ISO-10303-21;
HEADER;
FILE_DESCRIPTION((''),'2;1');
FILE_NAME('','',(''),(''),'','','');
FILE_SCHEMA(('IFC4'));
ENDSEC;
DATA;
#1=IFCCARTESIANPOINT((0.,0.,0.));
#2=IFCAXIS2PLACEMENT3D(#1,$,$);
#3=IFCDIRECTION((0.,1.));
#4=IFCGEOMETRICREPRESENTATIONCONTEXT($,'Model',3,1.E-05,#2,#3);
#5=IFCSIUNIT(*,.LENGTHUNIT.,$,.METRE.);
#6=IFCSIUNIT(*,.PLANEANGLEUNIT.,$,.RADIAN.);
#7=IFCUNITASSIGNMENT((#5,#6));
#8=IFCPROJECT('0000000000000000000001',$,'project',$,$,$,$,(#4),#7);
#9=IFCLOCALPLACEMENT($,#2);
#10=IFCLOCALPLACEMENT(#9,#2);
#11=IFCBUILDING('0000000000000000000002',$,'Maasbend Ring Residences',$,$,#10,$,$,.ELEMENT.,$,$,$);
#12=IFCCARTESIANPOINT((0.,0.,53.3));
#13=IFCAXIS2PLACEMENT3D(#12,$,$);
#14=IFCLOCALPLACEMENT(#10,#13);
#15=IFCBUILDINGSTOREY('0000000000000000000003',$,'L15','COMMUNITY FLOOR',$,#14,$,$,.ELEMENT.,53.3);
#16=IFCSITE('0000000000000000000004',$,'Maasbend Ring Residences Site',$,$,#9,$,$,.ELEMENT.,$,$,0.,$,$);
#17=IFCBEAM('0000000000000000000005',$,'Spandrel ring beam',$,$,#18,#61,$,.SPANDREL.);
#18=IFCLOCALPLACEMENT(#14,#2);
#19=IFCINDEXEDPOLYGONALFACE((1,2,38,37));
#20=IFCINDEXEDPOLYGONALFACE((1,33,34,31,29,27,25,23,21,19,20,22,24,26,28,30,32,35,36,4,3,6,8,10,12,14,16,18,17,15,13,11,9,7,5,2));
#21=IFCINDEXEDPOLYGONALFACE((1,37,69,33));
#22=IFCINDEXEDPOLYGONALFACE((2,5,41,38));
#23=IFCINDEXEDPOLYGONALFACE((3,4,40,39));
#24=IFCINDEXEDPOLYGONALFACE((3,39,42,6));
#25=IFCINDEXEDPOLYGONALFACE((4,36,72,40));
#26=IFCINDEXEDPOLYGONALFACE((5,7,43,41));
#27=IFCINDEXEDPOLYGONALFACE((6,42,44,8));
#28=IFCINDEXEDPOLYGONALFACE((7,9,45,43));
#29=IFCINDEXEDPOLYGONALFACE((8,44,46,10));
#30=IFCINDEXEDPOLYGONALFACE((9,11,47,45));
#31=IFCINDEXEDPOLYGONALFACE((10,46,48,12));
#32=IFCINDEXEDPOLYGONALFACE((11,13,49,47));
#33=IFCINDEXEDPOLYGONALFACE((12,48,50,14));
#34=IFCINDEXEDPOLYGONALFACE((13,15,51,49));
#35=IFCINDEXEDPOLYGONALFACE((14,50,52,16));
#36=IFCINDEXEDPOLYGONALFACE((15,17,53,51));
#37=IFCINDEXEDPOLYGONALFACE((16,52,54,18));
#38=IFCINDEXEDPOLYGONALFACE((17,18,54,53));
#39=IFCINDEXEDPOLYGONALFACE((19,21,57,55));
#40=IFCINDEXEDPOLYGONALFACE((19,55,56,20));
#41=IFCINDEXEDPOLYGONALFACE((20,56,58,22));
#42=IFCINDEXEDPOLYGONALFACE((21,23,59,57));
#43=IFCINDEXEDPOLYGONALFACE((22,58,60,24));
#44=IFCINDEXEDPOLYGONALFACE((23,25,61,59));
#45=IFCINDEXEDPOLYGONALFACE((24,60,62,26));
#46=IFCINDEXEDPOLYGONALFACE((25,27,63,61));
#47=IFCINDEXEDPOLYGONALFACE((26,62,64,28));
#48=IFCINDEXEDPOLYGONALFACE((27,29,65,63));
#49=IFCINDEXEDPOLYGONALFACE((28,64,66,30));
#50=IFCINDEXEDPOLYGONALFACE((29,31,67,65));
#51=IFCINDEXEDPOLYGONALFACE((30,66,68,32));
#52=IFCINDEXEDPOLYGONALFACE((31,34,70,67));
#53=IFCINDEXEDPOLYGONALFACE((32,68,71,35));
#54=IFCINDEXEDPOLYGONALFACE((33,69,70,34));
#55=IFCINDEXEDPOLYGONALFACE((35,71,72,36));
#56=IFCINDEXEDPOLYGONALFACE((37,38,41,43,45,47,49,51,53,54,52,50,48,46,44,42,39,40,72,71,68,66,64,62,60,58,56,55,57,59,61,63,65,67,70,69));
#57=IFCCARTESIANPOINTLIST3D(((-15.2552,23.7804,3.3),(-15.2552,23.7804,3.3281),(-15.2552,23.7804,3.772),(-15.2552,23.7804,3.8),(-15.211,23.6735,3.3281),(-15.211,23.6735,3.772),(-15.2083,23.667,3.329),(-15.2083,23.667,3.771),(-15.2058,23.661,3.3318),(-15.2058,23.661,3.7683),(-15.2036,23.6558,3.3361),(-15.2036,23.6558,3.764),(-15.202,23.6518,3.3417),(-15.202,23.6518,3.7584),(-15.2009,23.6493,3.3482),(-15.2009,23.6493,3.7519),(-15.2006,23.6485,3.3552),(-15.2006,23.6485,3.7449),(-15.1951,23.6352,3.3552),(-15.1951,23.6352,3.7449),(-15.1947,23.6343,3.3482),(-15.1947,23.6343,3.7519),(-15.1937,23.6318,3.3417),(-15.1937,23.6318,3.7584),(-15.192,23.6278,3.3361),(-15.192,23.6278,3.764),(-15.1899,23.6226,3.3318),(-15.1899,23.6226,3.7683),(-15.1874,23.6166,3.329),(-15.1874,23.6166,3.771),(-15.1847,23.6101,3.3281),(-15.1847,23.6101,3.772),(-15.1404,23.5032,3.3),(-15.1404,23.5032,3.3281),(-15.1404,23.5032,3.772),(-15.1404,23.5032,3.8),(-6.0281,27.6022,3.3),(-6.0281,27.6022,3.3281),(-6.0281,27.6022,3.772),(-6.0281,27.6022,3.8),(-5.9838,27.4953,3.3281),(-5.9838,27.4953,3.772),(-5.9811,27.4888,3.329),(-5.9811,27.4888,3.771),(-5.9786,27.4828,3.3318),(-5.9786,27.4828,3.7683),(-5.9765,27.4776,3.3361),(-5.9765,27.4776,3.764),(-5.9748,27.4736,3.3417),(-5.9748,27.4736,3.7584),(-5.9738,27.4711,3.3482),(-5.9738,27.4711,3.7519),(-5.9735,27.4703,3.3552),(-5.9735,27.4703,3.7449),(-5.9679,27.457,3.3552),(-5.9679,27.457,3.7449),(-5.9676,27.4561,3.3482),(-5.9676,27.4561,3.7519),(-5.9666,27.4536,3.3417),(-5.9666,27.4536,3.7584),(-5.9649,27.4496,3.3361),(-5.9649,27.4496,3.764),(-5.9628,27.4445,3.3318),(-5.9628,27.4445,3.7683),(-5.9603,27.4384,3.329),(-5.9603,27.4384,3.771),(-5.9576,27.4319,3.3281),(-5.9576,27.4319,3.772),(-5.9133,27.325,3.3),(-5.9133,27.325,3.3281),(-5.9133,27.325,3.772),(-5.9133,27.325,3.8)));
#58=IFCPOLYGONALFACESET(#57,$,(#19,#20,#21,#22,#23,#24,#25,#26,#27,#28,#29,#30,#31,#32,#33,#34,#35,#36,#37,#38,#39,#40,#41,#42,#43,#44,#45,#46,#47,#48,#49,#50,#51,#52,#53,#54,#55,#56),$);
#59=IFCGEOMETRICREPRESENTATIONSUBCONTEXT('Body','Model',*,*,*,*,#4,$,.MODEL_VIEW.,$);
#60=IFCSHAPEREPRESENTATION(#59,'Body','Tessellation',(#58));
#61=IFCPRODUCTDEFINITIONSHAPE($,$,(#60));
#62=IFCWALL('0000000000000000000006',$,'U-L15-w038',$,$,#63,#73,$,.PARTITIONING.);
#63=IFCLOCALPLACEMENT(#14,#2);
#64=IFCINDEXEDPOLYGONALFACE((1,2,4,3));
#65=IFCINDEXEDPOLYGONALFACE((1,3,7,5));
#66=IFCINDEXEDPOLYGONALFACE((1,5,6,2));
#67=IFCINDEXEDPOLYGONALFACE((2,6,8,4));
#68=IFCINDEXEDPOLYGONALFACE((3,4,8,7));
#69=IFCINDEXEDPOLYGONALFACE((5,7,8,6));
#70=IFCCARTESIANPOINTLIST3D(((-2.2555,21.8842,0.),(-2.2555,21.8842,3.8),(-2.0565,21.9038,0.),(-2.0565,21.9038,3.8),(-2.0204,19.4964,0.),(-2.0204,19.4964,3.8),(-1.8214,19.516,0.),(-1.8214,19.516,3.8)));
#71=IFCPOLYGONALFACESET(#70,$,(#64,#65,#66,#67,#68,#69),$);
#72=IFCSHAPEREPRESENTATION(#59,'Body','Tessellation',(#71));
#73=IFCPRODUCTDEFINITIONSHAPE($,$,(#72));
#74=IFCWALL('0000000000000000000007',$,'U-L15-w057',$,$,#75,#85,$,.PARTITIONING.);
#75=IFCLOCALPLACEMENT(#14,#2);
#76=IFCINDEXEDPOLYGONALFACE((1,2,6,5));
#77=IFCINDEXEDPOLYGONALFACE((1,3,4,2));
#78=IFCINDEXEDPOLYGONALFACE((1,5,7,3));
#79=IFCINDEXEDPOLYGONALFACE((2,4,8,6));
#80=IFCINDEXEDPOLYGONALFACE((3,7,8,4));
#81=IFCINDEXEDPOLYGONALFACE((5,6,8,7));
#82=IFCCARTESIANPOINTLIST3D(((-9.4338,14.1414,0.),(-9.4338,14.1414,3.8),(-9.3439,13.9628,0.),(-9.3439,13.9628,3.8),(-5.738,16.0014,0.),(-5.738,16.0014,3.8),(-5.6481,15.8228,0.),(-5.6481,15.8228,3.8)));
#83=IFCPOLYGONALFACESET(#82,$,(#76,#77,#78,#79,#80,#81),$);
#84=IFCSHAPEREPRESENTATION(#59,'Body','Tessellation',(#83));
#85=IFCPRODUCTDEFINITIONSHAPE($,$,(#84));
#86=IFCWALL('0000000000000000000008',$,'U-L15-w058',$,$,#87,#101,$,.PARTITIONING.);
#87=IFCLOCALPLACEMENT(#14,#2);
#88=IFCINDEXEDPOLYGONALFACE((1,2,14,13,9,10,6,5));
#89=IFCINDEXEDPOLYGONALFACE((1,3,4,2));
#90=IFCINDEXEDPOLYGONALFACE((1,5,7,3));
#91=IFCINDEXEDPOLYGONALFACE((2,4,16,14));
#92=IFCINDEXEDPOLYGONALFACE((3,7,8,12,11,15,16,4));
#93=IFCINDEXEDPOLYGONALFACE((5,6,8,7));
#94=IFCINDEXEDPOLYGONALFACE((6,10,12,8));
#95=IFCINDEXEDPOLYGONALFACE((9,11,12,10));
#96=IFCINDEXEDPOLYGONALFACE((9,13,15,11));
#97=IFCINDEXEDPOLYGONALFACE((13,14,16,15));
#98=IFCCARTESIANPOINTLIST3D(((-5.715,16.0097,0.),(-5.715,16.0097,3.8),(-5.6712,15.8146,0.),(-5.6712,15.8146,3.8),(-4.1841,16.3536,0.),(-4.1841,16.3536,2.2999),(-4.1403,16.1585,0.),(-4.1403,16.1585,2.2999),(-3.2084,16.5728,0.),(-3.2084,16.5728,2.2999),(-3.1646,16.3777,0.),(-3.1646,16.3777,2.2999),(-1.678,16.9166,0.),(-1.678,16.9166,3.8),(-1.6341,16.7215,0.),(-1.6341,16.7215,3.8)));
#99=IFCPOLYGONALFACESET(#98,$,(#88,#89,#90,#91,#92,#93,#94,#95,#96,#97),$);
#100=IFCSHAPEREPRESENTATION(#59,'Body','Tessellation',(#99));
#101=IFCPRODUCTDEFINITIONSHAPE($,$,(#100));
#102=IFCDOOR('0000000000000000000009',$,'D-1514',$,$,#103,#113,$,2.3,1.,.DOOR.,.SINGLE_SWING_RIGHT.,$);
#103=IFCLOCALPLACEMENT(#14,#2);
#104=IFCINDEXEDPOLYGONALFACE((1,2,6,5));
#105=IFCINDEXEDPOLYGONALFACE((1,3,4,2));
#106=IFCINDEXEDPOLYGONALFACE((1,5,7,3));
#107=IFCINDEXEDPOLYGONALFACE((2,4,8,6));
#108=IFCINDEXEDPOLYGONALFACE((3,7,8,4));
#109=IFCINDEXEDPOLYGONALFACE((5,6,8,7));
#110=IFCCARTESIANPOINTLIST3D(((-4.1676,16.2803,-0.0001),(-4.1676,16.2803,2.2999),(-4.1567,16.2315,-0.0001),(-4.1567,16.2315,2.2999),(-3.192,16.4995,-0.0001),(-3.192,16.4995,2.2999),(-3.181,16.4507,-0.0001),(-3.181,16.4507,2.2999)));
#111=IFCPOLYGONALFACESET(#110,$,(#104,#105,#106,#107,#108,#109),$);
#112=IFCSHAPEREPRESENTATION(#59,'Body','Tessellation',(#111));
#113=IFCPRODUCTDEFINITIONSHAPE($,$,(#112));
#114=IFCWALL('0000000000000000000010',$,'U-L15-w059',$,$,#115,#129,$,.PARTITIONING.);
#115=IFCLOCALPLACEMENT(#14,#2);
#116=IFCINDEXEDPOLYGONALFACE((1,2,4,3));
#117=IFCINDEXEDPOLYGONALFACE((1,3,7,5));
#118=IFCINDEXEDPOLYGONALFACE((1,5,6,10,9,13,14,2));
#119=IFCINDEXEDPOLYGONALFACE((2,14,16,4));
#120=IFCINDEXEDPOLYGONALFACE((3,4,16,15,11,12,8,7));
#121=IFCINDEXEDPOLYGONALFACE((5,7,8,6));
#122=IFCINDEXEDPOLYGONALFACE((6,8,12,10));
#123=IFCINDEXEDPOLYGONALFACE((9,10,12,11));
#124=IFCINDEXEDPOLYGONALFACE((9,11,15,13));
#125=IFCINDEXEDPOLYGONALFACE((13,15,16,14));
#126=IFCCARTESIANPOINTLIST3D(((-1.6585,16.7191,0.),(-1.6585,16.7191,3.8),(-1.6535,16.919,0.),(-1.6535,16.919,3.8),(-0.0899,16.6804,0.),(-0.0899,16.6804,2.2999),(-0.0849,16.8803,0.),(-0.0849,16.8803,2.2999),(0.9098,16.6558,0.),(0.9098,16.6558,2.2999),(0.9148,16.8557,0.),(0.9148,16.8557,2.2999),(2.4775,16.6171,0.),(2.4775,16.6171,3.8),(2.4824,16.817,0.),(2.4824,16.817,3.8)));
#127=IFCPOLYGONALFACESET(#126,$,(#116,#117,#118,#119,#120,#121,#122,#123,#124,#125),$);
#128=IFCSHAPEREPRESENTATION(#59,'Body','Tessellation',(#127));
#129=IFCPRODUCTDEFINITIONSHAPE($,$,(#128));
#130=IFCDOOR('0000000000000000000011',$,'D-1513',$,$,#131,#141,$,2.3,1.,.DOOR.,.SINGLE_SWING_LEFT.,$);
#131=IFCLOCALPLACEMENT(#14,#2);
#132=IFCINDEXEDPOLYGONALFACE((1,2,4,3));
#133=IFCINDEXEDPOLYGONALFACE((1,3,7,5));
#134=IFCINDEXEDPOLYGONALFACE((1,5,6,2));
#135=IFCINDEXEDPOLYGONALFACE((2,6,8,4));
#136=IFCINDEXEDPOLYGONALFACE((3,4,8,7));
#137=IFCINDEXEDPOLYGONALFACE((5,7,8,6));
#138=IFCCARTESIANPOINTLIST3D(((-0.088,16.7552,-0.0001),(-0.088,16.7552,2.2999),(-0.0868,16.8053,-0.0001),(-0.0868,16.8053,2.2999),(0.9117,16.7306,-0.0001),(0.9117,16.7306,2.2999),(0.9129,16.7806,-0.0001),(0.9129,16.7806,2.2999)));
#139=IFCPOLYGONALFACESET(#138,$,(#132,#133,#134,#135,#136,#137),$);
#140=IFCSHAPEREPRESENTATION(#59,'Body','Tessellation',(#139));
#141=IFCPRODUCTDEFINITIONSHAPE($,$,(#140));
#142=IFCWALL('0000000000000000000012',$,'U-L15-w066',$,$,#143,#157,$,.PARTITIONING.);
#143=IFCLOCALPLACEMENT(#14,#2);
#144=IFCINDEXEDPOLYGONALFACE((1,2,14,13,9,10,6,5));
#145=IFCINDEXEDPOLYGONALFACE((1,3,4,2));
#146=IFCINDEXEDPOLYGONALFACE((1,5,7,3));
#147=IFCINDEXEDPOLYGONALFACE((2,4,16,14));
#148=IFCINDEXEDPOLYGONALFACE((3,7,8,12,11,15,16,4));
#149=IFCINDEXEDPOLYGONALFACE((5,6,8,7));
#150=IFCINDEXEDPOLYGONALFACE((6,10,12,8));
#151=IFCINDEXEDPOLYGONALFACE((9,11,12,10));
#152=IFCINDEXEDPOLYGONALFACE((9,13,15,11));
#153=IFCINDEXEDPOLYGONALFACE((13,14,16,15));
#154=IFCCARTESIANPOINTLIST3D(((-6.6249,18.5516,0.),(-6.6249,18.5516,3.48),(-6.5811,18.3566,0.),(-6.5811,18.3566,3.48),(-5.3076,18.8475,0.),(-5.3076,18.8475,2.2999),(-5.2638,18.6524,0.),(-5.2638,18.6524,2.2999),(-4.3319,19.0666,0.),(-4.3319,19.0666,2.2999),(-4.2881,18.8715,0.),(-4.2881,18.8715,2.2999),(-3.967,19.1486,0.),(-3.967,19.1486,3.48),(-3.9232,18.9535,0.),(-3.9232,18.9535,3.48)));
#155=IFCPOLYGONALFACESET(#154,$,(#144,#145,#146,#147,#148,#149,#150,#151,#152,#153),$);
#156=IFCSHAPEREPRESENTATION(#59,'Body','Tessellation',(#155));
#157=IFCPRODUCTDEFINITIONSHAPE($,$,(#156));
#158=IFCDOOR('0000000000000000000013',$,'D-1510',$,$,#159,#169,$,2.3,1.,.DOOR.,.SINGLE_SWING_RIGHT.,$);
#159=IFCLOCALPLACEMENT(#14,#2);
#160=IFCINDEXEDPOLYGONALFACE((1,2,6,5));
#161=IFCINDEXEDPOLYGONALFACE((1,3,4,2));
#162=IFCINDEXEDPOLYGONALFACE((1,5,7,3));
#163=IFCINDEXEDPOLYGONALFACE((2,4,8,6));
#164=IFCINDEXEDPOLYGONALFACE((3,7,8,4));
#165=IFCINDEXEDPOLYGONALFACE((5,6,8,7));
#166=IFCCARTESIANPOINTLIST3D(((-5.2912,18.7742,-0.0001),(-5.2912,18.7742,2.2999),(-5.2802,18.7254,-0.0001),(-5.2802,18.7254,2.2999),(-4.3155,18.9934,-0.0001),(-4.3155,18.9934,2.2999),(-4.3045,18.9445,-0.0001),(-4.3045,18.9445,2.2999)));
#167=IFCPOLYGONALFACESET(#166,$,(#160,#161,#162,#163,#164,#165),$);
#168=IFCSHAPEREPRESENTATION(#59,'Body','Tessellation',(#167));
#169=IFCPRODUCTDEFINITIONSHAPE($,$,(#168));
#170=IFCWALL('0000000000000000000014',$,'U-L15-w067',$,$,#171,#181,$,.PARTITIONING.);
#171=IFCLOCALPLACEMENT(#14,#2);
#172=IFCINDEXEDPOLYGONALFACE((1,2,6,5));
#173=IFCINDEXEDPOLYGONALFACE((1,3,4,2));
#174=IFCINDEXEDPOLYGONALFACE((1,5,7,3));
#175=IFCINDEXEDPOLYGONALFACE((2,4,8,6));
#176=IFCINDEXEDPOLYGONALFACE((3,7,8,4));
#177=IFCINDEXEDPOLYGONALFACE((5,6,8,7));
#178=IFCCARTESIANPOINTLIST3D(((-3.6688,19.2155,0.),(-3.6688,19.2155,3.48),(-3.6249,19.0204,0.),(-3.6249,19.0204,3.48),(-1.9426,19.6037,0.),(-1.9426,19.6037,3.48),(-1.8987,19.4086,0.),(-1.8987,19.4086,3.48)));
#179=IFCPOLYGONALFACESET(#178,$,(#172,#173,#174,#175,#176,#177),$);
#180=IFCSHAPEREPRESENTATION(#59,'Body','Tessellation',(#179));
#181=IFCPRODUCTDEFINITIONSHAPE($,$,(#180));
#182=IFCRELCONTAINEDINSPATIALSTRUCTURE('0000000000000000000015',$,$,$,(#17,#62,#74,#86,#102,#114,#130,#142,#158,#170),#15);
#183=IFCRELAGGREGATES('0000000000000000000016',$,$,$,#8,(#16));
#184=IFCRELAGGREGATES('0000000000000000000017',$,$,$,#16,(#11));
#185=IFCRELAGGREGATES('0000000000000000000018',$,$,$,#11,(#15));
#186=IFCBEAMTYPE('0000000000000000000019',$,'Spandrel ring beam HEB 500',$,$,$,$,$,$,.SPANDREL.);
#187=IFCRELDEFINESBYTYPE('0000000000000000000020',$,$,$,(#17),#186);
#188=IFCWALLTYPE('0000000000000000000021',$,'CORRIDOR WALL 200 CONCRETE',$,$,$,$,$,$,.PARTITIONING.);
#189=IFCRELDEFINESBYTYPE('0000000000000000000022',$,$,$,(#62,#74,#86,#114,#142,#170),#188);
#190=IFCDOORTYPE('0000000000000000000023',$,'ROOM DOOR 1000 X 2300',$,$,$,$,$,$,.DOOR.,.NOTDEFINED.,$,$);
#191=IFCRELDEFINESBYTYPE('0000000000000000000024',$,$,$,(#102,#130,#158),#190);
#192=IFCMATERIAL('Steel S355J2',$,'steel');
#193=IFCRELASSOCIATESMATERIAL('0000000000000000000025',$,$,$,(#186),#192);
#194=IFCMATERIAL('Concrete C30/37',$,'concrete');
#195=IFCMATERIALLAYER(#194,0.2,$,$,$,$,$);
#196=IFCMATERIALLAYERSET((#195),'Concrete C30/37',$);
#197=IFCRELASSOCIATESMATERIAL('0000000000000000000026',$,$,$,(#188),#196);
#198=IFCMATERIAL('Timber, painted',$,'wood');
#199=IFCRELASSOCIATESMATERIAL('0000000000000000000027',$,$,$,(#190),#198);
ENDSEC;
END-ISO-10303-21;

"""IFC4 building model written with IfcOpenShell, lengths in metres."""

from ifc_helpers import new_model, si_unit, direction, frame, frame_2d, origin, origin_2d, place, context, subcontext, project, spatial, rectangle, i_section, extrude, material, layer, layer_set, material_profile, profile_set, type_object, element, fill, save


model = new_model("IFC4")

# Units and contexts
model_context = context("Model", 3, precision=1e-05, world=origin(), true_north=direction((0.0, 1.0)))
body_context = subcontext(model_context, "Body", "Model", "MODEL_VIEW")
ifc_project = project(units=[si_unit("LENGTHUNIT", "METRE"), si_unit("PLANEANGLEUNIT", "RADIAN")], contexts=[model_context])

# Site, building, storey
site_placement = place(None, origin())
site = spatial("IfcSite", under=ifc_project, at=site_placement, Name="Maasbend Ring Residences Site", CompositionType="ELEMENT", RefElevation=0.0)
building_placement = place(site_placement, origin())
building = spatial("IfcBuilding", under=site, at=building_placement, Name="Maasbend Ring Residences", CompositionType="ELEMENT")
storey_placement = place(building_placement, frame((0.0, 0.0, 53.3)))
storey = spatial("IfcBuildingStorey", under=building, at=storey_placement, Name="L15", Description="COMMUNITY FLOOR", CompositionType="ELEMENT", Elevation=53.3)

# Beam
ifc_material_1 = material(Name="Steel S355J2", Category="steel")
ifc_material_profile_1 = material_profile(ifc_material_1, i_section(OverallWidth=0.3, OverallDepth=0.5, WebThickness=0.0144, FlangeThickness=0.0281, FilletRadius=0.0271, at=origin_2d()), Name="HEB 500")
ifc_profile_set_1 = profile_set([ifc_material_profile_1], Name="Steel S355J2")
beam_type_1 = type_object("IfcBeamType", Name="Spandrel ring beam HEB 500", PredefinedType="SPANDREL", material=ifc_profile_set_1)
beam_1_placement = place(storey_placement, frame((-5.9707, 27.4636, 3.55), z_axis=(-0.923886, -0.382667, 0.0), x_axis=(0.382667, -0.923886, 0.0)))
element("IfcBeam", 1, at=beam_1_placement, inside=storey, type_object=beam_type_1, Name="Spandrel ring beam", PredefinedType="SPANDREL", context=body_context, shape_type="SweptSolid", body=[
    extrude(i_section(OverallWidth=0.3, OverallDepth=0.5, WebThickness=0.0144, FlangeThickness=0.0281, FilletRadius=0.0271, at=origin_2d()), origin(), (0.0, 0.0, 1.0), 9.9873),
])

# Walls
ifc_material_2 = material(Name="Concrete C30/37", Category="concrete")
ifc_layer_1 = layer(ifc_material_2, 0.2)
ifc_layer_set_1 = layer_set([ifc_layer_1], Name="Concrete C30/37")
wall_type_1 = type_object("IfcWallType", Name="CORRIDOR WALL 200 CONCRETE", PredefinedType="PARTITIONING", material=ifc_layer_set_1)
wall_1_placement = place(storey_placement, frame((-2.156, 21.894, 0.0), z_axis=(0.0, 0.0, 1.0), x_axis=(0.097982, -0.995188, 0.0)))
element("IfcWall", 2, at=wall_1_placement, inside=storey, type_object=wall_type_1, Name="U-L15-w038", PredefinedType="PARTITIONING", context=body_context, shape_type="SweptSolid", body=[
    extrude(rectangle(XDim=2.3994, YDim=0.2, at=frame_2d((1.1997, 0.0))), origin(), (0.0, 0.0, 1.0), 3.8),
])
wall_2_placement = place(storey_placement, frame((-9.3889, 14.052, 0.0), z_axis=(0.0, 0.0, 1.0), x_axis=(0.893244, 0.449572, 0.0)))
element("IfcWall", 3, at=wall_2_placement, inside=storey, type_object=wall_type_1, Name="U-L15-w057", PredefinedType="PARTITIONING", context=body_context, shape_type="SweptSolid", body=[
    extrude(rectangle(XDim=4.1375, YDim=0.2, at=frame_2d((2.0688, 0.0))), origin(), (0.0, 0.0, 1.0), 3.8),
])

# Walls, openings, doors
wall_3_placement = place(storey_placement, frame((-5.6931, 15.9121, 0.0), z_axis=(0.0, 0.0, 1.0), x_axis=(0.97568, 0.219198, 0.0)))
wall_3 = element("IfcWall", 4, at=wall_3_placement, inside=storey, type_object=wall_type_1, Name="U-L15-w058", PredefinedType="PARTITIONING", context=body_context, shape_type="SweptSolid", body=[
    extrude(rectangle(XDim=4.1377, YDim=0.2, at=frame_2d((2.0688, 0.0))), origin(), (0.0, 0.0, 1.0), 3.8),
])
opening_1_placement = place(wall_3_placement, frame((1.5691, 0.0, 0.0)))
opening_1 = element("IfcOpeningElement", 5, at=opening_1_placement, cuts=wall_3, PredefinedType="OPENING", context=body_context, shape_type="SweptSolid", body=[
    extrude(rectangle(XDim=1.0, YDim=2.3, at=frame_2d((0.5, 1.1499))), frame((0.0, 0.1099, 0.0), z_axis=(0.0, -1.0, 0.0), x_axis=(1.0, 0.0, 0.0)), (0.0, 0.0, 1.0), 0.22),
])
ifc_material_3 = material(Name="Timber, painted", Category="wood")
door_type_1 = type_object("IfcDoorType", Name="ROOM DOOR 1000 X 2300", OperationType="NOTDEFINED", PredefinedType="DOOR", material=ifc_material_3)
door_1_placement = place(opening_1_placement, origin())
door_1 = element("IfcDoor", 6, at=door_1_placement, inside=storey, type_object=door_type_1, Name="D-1514", OperationType="SINGLE_SWING_RIGHT", OverallHeight=2.3, OverallWidth=1.0, PredefinedType="DOOR", context=body_context, shape_type="SweptSolid", body=[
    extrude(rectangle(XDim=1.0, YDim=2.3, at=frame_2d((0.5, 1.1499))), frame((0.0, 0.0249, 0.0), z_axis=(0.0, -1.0, 0.0), x_axis=(1.0, 0.0, 0.0)), (0.0, 0.0, 1.0), 0.05),
])
fill(opening_1, door_1)
wall_4_placement = place(storey_placement, frame((-1.656, 16.8191, 0.0), z_axis=(0.0, 0.0, 1.0), x_axis=(0.999696, -0.024666, 0.0)))
wall_4 = element("IfcWall", 7, at=wall_4_placement, inside=storey, type_object=wall_type_1, Name="U-L15-w059", PredefinedType="PARTITIONING", context=body_context, shape_type="SweptSolid", body=[
    extrude(rectangle(XDim=4.1372, YDim=0.2, at=frame_2d((2.0686, 0.0))), origin(), (0.0, 0.0, 1.0), 3.8),
])
opening_2_placement = place(wall_4_placement, frame((1.5691, 0.0, 0.0)))
opening_2 = element("IfcOpeningElement", 8, at=opening_2_placement, cuts=wall_4, PredefinedType="OPENING", context=body_context, shape_type="SweptSolid", body=[
    extrude(rectangle(XDim=1.0, YDim=2.3, at=frame_2d((0.5, 1.1499))), frame((0.0, 0.1099, 0.0), z_axis=(0.0, -1.0, 0.0), x_axis=(1.0, 0.0, 0.0)), (0.0, 0.0, 1.0), 0.22),
])
door_2_placement = place(opening_2_placement, origin())
door_2 = element("IfcDoor", 9, at=door_2_placement, inside=storey, type_object=door_type_1, Name="D-1513", OperationType="SINGLE_SWING_LEFT", OverallHeight=2.3, OverallWidth=1.0, PredefinedType="DOOR", context=body_context, shape_type="SweptSolid", body=[
    extrude(rectangle(XDim=1.0, YDim=2.3, at=frame_2d((0.5, 1.1499))), frame((0.0, 0.0249, 0.0), z_axis=(0.0, -1.0, 0.0), x_axis=(1.0, 0.0, 0.0)), (0.0, 0.0, 1.0), 0.05),
])
fill(opening_2, door_2)
wall_5_placement = place(storey_placement, frame((-6.603, 18.4541, 0.0), z_axis=(0.0, 0.0, 1.0), x_axis=(0.975697, 0.219122, 0.0)))
wall_5 = element("IfcWall", 10, at=wall_5_placement, inside=storey, type_object=wall_type_1, Name="U-L15-w066", PredefinedType="PARTITIONING", context=body_context, shape_type="SweptSolid", body=[
    extrude(rectangle(XDim=2.7241, YDim=0.2, at=frame_2d((1.3621, 0.0))), origin(), (0.0, 0.0, 1.0), 3.48),
])
opening_3_placement = place(wall_5_placement, frame((1.3501, 0.0, 0.0)))
opening_3 = element("IfcOpeningElement", 11, at=opening_3_placement, cuts=wall_5, PredefinedType="OPENING", context=body_context, shape_type="SweptSolid", body=[
    extrude(rectangle(XDim=1.0, YDim=2.3, at=frame_2d((0.5, 1.1499))), frame((0.0, 0.1099, 0.0), z_axis=(0.0, -1.0, 0.0), x_axis=(1.0, 0.0, 0.0)), (0.0, 0.0, 1.0), 0.22),
])
door_3_placement = place(opening_3_placement, origin())
door_3 = element("IfcDoor", 12, at=door_3_placement, inside=storey, type_object=door_type_1, Name="D-1510", OperationType="SINGLE_SWING_RIGHT", OverallHeight=2.3, OverallWidth=1.0, PredefinedType="DOOR", context=body_context, shape_type="SweptSolid", body=[
    extrude(rectangle(XDim=1.0, YDim=2.3, at=frame_2d((0.5, 1.1499))), frame((0.0, 0.0249, 0.0), z_axis=(0.0, -1.0, 0.0), x_axis=(1.0, 0.0, 0.0)), (0.0, 0.0, 1.0), 0.05),
])
fill(opening_3, door_3)

# Wall
wall_6_placement = place(storey_placement, frame((-3.647, 19.1179, 0.0), z_axis=(0.0, 0.0, 1.0), x_axis=(0.975632, 0.219414, 0.0)))
element("IfcWall", 13, at=wall_6_placement, inside=storey, type_object=wall_type_1, Name="U-L15-w067", PredefinedType="PARTITIONING", context=body_context, shape_type="SweptSolid", body=[
    extrude(rectangle(XDim=1.7693, YDim=0.2, at=frame_2d((0.8848, 0.0))), origin(), (0.0, 0.0, 1.0), 3.48),
])

save(model, "model.ifc")
